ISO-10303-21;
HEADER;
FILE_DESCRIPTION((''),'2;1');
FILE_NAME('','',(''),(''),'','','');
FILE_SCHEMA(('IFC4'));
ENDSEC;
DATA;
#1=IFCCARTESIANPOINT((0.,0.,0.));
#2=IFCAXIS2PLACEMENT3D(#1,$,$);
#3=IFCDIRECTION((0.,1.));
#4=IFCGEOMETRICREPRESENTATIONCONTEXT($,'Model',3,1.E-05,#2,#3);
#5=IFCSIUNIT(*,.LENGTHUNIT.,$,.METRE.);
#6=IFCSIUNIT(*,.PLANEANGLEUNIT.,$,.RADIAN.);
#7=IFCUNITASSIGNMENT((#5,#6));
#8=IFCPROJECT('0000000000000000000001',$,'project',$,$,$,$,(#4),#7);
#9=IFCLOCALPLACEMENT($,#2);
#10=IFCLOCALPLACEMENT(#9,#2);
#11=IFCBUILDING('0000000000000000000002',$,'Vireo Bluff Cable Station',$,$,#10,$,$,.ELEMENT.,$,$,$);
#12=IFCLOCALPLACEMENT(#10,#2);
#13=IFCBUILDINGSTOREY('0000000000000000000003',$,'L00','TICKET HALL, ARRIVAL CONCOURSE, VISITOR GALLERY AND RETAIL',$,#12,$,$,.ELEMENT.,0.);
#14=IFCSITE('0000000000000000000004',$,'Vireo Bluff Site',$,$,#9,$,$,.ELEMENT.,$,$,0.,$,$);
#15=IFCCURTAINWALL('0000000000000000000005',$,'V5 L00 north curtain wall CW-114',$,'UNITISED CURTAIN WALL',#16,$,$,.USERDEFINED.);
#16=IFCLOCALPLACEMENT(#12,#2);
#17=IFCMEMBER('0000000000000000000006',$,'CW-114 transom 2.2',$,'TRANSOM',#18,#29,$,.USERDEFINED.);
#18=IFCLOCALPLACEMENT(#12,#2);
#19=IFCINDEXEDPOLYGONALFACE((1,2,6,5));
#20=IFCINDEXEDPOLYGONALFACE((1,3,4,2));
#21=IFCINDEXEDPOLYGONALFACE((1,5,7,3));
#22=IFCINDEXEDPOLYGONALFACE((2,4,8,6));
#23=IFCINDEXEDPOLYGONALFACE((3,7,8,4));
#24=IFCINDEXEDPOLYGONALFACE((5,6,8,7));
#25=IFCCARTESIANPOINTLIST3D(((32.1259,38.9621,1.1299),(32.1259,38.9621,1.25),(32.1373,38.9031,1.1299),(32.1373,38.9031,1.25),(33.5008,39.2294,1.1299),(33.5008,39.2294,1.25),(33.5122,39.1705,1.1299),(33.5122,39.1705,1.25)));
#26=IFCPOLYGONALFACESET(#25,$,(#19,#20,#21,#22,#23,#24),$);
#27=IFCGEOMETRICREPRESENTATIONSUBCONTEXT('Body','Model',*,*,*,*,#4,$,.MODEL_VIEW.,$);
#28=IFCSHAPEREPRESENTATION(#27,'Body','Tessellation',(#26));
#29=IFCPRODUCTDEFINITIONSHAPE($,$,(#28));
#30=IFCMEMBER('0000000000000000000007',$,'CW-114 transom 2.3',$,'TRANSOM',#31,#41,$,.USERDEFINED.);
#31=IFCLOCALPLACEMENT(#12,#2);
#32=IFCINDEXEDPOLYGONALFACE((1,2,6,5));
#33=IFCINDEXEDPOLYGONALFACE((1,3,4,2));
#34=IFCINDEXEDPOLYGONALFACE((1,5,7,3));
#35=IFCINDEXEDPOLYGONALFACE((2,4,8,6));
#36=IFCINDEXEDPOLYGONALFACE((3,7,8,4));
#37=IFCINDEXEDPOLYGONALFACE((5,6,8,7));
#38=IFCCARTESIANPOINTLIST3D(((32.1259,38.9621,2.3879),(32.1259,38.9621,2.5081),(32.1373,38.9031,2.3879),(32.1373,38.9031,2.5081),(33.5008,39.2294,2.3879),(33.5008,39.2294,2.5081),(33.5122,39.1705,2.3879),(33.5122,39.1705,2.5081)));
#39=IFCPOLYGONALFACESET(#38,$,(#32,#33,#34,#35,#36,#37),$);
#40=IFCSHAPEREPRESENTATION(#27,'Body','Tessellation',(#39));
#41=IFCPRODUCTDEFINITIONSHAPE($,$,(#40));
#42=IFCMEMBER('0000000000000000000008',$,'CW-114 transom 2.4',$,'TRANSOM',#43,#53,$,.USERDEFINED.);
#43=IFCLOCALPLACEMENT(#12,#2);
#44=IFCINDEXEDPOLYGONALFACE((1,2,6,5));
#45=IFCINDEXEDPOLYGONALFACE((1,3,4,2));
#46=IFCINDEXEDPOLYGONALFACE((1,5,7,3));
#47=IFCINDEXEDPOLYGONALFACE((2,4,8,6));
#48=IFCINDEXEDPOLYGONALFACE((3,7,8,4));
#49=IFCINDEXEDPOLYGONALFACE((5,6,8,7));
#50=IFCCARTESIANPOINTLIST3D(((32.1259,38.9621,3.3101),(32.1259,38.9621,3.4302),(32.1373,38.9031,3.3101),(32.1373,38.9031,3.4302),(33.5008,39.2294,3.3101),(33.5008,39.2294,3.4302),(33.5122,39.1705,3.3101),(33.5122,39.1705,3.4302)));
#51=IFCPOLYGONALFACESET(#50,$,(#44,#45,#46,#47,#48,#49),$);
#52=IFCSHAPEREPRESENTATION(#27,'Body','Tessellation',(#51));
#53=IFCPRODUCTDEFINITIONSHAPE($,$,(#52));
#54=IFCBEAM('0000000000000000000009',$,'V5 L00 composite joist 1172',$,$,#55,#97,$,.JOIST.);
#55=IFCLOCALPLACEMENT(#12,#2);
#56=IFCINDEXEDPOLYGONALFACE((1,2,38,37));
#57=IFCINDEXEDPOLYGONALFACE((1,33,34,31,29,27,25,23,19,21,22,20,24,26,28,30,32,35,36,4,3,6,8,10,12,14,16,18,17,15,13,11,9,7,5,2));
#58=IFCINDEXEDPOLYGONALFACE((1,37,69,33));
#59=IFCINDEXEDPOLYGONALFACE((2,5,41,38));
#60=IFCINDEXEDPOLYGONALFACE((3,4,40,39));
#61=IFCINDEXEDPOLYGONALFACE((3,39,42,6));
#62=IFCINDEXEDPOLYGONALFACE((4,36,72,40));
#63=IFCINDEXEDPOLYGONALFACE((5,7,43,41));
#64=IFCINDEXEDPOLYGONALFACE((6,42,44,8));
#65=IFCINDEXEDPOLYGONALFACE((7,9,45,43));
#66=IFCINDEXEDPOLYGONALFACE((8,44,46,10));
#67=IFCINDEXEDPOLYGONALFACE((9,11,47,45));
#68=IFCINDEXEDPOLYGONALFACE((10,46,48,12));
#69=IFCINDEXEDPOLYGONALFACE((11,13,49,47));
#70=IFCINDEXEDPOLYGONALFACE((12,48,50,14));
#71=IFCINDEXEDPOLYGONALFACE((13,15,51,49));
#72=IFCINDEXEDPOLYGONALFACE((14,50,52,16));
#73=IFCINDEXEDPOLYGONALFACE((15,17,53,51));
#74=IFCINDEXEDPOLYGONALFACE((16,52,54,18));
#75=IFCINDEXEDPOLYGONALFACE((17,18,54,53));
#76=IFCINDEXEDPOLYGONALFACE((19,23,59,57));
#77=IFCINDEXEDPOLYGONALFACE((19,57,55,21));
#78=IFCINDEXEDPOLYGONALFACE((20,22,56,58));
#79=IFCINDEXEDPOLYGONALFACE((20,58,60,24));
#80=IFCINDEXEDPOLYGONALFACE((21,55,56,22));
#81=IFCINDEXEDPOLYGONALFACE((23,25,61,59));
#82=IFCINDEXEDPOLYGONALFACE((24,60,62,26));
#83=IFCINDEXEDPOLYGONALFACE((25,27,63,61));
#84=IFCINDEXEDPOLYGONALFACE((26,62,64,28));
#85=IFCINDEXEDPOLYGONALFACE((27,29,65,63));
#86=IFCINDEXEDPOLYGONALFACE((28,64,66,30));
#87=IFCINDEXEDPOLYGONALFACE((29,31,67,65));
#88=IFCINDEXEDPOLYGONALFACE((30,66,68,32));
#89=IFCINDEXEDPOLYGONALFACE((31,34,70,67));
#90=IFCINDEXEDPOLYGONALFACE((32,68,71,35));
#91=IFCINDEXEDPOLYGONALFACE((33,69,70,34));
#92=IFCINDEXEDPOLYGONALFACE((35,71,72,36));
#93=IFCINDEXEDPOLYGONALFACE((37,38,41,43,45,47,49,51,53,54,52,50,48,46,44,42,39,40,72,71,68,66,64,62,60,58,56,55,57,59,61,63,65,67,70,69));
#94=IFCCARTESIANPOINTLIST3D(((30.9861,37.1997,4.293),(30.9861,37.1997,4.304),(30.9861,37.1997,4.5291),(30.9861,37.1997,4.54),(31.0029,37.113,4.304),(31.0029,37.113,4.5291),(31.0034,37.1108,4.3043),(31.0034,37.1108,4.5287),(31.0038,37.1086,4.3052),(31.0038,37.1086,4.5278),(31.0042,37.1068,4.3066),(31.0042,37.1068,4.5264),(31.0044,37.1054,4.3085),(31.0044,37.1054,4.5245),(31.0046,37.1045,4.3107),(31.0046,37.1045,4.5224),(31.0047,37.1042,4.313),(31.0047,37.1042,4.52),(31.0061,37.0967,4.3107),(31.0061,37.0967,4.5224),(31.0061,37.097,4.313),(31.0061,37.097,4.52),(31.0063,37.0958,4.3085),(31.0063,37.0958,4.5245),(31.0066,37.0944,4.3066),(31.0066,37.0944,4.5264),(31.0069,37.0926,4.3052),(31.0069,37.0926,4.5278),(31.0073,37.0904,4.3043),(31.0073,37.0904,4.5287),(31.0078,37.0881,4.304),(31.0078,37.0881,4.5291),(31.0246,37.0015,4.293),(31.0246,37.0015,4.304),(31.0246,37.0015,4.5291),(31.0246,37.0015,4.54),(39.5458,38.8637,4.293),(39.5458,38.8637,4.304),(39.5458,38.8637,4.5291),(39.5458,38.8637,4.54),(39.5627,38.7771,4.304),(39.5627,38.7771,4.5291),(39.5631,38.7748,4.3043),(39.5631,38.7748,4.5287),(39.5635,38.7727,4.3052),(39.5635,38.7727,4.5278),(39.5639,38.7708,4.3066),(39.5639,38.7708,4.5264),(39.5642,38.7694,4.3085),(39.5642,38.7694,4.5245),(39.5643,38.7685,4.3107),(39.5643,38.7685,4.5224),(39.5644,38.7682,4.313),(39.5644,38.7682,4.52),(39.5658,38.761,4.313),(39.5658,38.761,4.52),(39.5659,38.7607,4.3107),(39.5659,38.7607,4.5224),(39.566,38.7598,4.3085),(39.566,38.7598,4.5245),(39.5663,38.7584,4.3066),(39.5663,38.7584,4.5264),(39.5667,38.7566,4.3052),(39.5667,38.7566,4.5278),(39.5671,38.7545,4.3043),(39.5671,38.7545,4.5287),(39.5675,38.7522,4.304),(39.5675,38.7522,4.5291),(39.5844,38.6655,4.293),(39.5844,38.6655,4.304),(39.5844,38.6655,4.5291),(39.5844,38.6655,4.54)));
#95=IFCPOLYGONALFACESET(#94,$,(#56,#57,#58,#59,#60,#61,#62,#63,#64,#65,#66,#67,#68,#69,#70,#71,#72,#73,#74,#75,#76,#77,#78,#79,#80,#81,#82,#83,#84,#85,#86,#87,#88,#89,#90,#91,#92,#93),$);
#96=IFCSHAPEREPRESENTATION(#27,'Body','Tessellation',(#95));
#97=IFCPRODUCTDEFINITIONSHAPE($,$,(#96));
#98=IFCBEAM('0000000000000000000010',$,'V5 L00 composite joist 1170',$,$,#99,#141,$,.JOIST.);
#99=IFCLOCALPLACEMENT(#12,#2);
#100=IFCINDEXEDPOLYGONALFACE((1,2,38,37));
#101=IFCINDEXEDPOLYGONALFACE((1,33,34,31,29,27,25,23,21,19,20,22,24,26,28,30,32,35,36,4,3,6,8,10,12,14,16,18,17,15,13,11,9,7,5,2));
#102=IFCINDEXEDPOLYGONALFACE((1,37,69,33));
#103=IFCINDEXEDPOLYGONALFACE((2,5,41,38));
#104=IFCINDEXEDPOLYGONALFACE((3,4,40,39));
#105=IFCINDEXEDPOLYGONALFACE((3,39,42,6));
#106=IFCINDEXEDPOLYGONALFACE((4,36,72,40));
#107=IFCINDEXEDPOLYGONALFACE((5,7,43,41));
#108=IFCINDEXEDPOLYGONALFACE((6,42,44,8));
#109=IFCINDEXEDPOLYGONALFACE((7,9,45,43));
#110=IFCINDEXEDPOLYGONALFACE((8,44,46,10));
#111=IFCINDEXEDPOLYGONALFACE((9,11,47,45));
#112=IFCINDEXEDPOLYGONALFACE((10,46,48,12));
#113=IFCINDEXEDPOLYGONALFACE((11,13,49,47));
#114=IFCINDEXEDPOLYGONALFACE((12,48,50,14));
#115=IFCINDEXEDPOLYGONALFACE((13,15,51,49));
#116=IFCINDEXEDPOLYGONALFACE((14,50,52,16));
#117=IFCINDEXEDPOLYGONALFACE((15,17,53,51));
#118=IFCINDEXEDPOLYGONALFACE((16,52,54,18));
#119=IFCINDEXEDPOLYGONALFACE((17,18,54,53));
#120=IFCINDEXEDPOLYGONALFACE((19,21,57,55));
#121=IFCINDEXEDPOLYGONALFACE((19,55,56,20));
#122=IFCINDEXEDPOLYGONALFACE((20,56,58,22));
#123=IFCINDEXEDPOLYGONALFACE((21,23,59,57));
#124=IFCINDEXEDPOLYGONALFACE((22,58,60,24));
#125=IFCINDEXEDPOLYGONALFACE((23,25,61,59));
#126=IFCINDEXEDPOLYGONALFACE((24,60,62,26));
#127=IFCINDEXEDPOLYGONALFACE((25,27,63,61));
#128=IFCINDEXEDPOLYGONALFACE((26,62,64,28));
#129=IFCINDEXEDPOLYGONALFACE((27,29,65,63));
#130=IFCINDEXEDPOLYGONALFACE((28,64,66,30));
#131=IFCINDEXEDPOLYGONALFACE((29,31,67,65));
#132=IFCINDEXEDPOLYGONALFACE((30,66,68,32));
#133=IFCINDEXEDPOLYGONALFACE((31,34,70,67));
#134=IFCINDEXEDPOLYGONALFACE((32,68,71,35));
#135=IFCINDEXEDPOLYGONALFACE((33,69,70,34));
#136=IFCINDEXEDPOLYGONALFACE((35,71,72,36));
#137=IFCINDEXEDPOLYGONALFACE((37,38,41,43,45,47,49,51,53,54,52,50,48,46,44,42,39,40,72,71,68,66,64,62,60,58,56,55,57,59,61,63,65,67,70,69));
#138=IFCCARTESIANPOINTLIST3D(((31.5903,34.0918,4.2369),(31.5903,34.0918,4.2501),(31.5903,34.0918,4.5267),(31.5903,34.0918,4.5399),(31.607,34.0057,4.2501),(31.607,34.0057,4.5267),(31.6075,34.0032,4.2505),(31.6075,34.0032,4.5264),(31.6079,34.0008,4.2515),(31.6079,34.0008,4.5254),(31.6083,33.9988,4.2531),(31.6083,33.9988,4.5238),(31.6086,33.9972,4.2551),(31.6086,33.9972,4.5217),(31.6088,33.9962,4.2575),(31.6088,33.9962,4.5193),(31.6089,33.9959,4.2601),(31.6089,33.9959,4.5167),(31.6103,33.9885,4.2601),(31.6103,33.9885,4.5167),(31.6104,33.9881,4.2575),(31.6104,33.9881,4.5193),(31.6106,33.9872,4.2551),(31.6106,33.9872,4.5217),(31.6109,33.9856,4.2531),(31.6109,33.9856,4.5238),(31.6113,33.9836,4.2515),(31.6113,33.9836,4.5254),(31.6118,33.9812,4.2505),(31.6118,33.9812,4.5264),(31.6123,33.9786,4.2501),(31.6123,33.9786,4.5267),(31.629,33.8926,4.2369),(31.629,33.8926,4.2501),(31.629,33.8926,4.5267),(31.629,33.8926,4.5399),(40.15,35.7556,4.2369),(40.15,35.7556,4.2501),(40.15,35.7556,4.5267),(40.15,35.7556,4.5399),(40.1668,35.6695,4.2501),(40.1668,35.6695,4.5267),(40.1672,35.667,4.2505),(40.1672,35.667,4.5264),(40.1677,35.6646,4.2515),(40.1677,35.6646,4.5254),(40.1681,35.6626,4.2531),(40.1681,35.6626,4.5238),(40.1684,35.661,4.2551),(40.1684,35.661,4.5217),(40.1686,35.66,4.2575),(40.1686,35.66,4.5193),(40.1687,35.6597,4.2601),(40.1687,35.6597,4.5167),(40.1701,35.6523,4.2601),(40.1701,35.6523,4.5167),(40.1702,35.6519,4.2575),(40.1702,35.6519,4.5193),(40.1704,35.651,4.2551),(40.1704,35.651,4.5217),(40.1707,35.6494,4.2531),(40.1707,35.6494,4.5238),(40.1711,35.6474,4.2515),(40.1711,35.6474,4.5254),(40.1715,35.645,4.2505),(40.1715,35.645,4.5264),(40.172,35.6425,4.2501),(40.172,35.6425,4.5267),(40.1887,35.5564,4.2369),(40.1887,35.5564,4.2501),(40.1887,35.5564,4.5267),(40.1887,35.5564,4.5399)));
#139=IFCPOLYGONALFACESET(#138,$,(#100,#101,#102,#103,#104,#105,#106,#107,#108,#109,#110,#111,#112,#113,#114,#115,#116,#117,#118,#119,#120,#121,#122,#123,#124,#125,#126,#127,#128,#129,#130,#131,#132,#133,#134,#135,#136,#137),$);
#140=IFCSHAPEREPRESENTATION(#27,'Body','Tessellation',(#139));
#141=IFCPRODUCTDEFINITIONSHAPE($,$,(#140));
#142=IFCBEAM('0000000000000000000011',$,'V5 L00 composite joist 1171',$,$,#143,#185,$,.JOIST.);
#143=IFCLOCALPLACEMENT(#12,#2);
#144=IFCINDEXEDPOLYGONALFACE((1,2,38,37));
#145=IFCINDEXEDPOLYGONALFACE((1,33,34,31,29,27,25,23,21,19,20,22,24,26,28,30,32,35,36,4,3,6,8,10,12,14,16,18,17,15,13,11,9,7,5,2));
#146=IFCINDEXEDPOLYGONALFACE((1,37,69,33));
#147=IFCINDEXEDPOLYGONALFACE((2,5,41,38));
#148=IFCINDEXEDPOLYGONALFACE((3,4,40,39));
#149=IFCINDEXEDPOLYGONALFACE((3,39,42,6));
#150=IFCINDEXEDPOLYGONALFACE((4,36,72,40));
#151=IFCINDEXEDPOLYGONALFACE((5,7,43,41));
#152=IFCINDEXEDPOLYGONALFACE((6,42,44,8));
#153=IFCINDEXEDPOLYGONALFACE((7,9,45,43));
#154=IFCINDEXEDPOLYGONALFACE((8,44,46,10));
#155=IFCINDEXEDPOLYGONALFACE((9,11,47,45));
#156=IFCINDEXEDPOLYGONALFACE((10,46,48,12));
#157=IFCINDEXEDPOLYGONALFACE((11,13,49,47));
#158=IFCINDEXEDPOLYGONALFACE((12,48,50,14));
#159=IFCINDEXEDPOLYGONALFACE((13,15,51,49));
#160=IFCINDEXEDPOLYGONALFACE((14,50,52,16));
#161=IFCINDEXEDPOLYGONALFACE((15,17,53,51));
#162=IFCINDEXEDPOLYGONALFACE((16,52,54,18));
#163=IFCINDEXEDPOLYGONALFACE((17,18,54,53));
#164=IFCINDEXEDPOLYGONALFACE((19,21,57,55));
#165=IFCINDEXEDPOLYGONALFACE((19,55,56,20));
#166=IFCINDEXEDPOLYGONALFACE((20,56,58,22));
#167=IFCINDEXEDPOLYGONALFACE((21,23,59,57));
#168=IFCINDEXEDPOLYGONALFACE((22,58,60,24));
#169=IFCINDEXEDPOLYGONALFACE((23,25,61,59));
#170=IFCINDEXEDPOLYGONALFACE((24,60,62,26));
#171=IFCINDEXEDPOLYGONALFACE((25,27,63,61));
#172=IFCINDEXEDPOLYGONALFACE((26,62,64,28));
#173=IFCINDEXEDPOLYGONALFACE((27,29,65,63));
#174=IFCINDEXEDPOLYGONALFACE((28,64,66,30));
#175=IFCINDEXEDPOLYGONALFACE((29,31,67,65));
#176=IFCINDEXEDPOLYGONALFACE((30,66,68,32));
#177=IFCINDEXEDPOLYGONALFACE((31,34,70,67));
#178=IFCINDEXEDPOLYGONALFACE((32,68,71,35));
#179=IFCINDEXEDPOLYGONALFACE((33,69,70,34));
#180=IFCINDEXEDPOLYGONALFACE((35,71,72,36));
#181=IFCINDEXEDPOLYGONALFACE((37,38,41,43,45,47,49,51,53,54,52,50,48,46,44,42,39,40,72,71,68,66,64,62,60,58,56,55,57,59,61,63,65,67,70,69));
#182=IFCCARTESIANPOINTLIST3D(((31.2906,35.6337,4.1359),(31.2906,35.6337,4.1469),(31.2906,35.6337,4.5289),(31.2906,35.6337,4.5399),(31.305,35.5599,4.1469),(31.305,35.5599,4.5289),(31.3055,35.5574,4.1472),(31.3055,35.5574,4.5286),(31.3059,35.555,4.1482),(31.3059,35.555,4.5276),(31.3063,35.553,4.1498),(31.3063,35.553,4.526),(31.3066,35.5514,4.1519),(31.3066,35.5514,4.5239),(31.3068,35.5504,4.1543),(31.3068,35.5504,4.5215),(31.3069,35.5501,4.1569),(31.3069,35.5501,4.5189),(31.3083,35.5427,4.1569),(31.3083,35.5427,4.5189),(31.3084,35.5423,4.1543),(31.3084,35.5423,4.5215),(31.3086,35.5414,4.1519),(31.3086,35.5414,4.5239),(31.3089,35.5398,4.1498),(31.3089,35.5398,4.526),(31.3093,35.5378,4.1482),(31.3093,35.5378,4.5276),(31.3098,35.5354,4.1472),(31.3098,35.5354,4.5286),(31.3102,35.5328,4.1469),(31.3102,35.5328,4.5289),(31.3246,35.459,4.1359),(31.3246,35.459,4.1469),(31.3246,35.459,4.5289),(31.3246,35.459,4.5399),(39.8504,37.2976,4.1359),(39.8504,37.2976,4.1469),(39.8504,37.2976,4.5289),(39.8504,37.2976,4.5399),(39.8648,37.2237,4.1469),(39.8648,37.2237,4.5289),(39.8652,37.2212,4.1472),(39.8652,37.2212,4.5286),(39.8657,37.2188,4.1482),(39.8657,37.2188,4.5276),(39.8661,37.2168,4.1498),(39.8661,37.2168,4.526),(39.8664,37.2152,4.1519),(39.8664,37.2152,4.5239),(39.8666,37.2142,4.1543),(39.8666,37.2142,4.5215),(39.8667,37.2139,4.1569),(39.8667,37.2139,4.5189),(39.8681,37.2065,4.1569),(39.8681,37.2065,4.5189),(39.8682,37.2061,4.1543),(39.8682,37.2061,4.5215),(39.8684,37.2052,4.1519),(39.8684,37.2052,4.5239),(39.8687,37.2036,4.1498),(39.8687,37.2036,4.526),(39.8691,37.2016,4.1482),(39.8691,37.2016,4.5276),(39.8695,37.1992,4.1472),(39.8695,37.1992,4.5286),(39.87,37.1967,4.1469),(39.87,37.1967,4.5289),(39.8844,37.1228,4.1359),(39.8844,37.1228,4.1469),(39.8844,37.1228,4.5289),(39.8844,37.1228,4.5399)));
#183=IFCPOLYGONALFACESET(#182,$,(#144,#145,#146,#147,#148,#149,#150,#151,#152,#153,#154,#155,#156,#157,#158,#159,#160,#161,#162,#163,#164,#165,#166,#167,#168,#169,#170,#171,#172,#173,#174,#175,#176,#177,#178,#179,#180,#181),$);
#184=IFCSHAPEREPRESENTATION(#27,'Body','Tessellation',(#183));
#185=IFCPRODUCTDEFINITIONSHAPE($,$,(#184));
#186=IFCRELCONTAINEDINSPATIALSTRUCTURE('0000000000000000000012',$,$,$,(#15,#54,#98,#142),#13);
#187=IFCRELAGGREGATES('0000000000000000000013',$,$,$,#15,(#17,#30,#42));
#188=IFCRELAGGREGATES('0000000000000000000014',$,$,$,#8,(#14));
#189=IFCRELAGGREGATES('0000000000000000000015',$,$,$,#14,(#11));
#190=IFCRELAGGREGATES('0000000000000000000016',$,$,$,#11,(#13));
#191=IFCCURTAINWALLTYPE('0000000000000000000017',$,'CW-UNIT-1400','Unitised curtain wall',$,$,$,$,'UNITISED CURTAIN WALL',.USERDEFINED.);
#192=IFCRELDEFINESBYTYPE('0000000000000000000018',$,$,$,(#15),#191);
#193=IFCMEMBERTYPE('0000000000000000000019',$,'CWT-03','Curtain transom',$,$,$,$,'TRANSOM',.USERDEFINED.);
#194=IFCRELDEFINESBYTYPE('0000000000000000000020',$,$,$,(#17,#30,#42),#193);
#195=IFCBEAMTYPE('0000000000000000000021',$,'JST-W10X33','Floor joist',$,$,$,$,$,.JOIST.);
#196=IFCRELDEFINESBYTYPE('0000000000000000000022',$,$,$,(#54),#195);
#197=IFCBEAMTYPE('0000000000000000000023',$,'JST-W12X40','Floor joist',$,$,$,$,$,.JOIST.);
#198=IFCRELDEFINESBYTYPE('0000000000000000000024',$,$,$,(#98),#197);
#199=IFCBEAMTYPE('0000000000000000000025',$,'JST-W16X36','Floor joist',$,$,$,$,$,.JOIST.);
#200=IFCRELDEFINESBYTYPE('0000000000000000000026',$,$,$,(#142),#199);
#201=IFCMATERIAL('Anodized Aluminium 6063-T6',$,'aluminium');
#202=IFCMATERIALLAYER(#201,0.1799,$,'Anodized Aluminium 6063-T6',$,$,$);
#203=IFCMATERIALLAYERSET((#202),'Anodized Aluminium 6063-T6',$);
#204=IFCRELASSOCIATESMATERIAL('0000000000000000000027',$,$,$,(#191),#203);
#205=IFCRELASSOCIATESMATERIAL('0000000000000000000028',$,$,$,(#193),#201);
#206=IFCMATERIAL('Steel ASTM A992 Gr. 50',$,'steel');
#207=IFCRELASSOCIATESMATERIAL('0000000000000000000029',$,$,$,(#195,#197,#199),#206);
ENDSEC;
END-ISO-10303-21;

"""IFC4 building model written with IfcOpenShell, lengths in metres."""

from ifc_helpers import new_model, si_unit, direction, frame, origin, origin_2d, place, context, subcontext, project, spatial, rectangle, i_section, extrude, material, layer, layer_set, material_profile, profile_set, type_object, element, aggregate, save


model = new_model("IFC4")

# Units and contexts
model_context = context("Model", 3, precision=1e-05, world=origin(), true_north=direction((0.0, 1.0)))
body_context = subcontext(model_context, "Body", "Model", "MODEL_VIEW")
ifc_project = project(units=[si_unit("LENGTHUNIT", "METRE"), si_unit("PLANEANGLEUNIT", "RADIAN")], contexts=[model_context])

# Site, building, storey
site_placement = place(None, origin())
site = spatial("IfcSite", under=ifc_project, at=site_placement, Name="Vireo Bluff Site", CompositionType="ELEMENT", RefElevation=0.0)
building_placement = place(site_placement, origin())
building = spatial("IfcBuilding", under=site, at=building_placement, Name="Vireo Bluff Cable Station", CompositionType="ELEMENT")
storey_placement = place(building_placement, origin())
storey = spatial("IfcBuildingStorey", under=building, at=storey_placement, Name="L00", Description="TICKET HALL, ARRIVAL CONCOURSE, VISITOR GALLERY AND RETAIL", CompositionType="ELEMENT", Elevation=0.0)

# Curtain wall, members
ifc_material_1 = material(Name="Anodized Aluminium 6063-T6", Category="aluminium")
ifc_layer_1 = layer(ifc_material_1, 0.1799, Name="Anodized Aluminium 6063-T6")
ifc_layer_set_1 = layer_set([ifc_layer_1], Name="Anodized Aluminium 6063-T6")
curtain_wall_type = type_object("IfcCurtainWallType", Name="CW-UNIT-1400", Description="Unitised curtain wall", ElementType="UNITISED CURTAIN WALL", PredefinedType="USERDEFINED", material=ifc_layer_set_1)
curtain_wall_placement = place(storey_placement, origin())
curtain_wall = element("IfcCurtainWall", 1, at=curtain_wall_placement, inside=storey, type_object=curtain_wall_type, Name="V5 L00 north curtain wall CW-114", ObjectType="UNITISED CURTAIN WALL", PredefinedType="USERDEFINED")
ifc_material_profile_1 = material_profile(ifc_material_1, rectangle(XDim=0.0601, YDim=0.1201, at=origin_2d()), Name="ALU-T-60X120")
ifc_profile_set_1 = profile_set([ifc_material_profile_1], Name="Anodized Aluminium 6063-T6")
member_type_1 = type_object("IfcMemberType", Name="CWT-03", Description="Curtain transom", ElementType="TRANSOM", PredefinedType="USERDEFINED", material=ifc_profile_set_1)
member_1_placement = place(storey_placement, frame((32.1316, 38.9326, 1.1899), z_axis=(0.981619, 0.190851, 0.0), x_axis=(-0.190851, 0.981619, 0.0)))
member_1 = element("IfcMember", 2, at=member_1_placement, type_object=member_type_1, Name="CW-114 transom 2.2", ObjectType="TRANSOM", PredefinedType="USERDEFINED", context=body_context, shape_type="SweptSolid", body=[
    extrude(rectangle(XDim=0.0601, YDim=0.1201, at=origin_2d()), origin(), (0.0, 0.0, 1.0), 1.4006),
])
member_2_placement = place(storey_placement, frame((32.1316, 38.9326, 2.448), z_axis=(0.981619, 0.190851, 0.0), x_axis=(-0.190851, 0.981619, 0.0)))
member_2 = element("IfcMember", 3, at=member_2_placement, type_object=member_type_1, Name="CW-114 transom 2.3", ObjectType="TRANSOM", PredefinedType="USERDEFINED", context=body_context, shape_type="SweptSolid", body=[
    extrude(rectangle(XDim=0.0601, YDim=0.1201, at=origin_2d()), origin(), (0.0, 0.0, 1.0), 1.4006),
])
member_3_placement = place(storey_placement, frame((32.1316, 38.9326, 3.3701), z_axis=(0.981619, 0.190851, 0.0), x_axis=(-0.190851, 0.981619, 0.0)))
member_3 = element("IfcMember", 4, at=member_3_placement, type_object=member_type_1, Name="CW-114 transom 2.4", ObjectType="TRANSOM", PredefinedType="USERDEFINED", context=body_context, shape_type="SweptSolid", body=[
    extrude(rectangle(XDim=0.0601, YDim=0.1201, at=origin_2d()), origin(), (0.0, 0.0, 1.0), 1.4006),
])

# Beams
ifc_material_2 = material(Name="Steel ASTM A992 Gr. 50", Category="steel")
ifc_material_profile_2 = material_profile(ifc_material_2, i_section(OverallWidth=0.2019, OverallDepth=0.2471, WebThickness=0.0073, FlangeThickness=0.011, FilletRadius=0.009, at=origin_2d()), Name="W10X33")
ifc_profile_set_2 = profile_set([ifc_material_profile_2], Name="Steel ASTM A992 Gr. 50")
beam_type_1 = type_object("IfcBeamType", Name="JST-W10X33", Description="Floor joist", PredefinedType="JOIST", material=ifc_profile_set_2)
beam_1_placement = place(storey_placement, frame((31.0054, 37.1006, 4.4165), z_axis=(0.981623, 0.190831, 0.0), x_axis=(-0.190831, 0.981623, 0.0)))
element("IfcBeam", 5, at=beam_1_placement, inside=storey, type_object=beam_type_1, Name="V5 L00 composite joist 1172", PredefinedType="JOIST", context=body_context, shape_type="SweptSolid", body=[
    extrude(i_section(OverallWidth=0.2019, OverallDepth=0.2471, WebThickness=0.0073, FlangeThickness=0.011, FilletRadius=0.009, at=origin_2d()), origin(), (0.0, 0.0, 1.0), 8.72),
])
ifc_material_profile_3 = material_profile(ifc_material_2, i_section(OverallWidth=0.2029, OverallDepth=0.303, WebThickness=0.0076, FlangeThickness=0.0132, FilletRadius=0.01, at=origin_2d()), Name="W12X40")
ifc_profile_set_3 = profile_set([ifc_material_profile_3], Name="Steel ASTM A992 Gr. 50")
beam_type_2 = type_object("IfcBeamType", Name="JST-W12X40", Description="Floor joist", PredefinedType="JOIST", material=ifc_profile_set_3)
beam_2_placement = place(storey_placement, frame((31.6096, 33.9922, 4.3884), z_axis=(0.981628, 0.190804, 0.0), x_axis=(-0.190804, 0.981628, 0.0)))
element("IfcBeam", 6, at=beam_2_placement, inside=storey, type_object=beam_type_2, Name="V5 L00 composite joist 1170", PredefinedType="JOIST", context=body_context, shape_type="SweptSolid", body=[
    extrude(i_section(OverallWidth=0.2029, OverallDepth=0.303, WebThickness=0.0076, FlangeThickness=0.0132, FilletRadius=0.01, at=origin_2d()), origin(), (0.0, 0.0, 1.0), 8.72),
])
ifc_material_profile_4 = material_profile(ifc_material_2, i_section(OverallWidth=0.178, OverallDepth=0.4041, WebThickness=0.0076, FlangeThickness=0.011, FilletRadius=0.01, at=origin_2d()), Name="W16X36")
ifc_profile_set_4 = profile_set([ifc_material_profile_4], Name="Steel ASTM A992 Gr. 50")
beam_type_3 = type_object("IfcBeamType", Name="JST-W16X36", Description="Floor joist", PredefinedType="JOIST", material=ifc_profile_set_4)
beam_3_placement = place(storey_placement, frame((31.3076, 35.5464, 4.3379), z_axis=(0.981628, 0.190804, 0.0), x_axis=(-0.190804, 0.981628, 0.0)))
element("IfcBeam", 7, at=beam_3_placement, inside=storey, type_object=beam_type_3, Name="V5 L00 composite joist 1171", PredefinedType="JOIST", context=body_context, shape_type="SweptSolid", body=[
    extrude(i_section(OverallWidth=0.178, OverallDepth=0.4041, WebThickness=0.0076, FlangeThickness=0.011, FilletRadius=0.01, at=origin_2d()), origin(), (0.0, 0.0, 1.0), 8.72),
])

aggregate(curtain_wall, [member_1, member_2, member_3])

save(model, "model.ifc")
